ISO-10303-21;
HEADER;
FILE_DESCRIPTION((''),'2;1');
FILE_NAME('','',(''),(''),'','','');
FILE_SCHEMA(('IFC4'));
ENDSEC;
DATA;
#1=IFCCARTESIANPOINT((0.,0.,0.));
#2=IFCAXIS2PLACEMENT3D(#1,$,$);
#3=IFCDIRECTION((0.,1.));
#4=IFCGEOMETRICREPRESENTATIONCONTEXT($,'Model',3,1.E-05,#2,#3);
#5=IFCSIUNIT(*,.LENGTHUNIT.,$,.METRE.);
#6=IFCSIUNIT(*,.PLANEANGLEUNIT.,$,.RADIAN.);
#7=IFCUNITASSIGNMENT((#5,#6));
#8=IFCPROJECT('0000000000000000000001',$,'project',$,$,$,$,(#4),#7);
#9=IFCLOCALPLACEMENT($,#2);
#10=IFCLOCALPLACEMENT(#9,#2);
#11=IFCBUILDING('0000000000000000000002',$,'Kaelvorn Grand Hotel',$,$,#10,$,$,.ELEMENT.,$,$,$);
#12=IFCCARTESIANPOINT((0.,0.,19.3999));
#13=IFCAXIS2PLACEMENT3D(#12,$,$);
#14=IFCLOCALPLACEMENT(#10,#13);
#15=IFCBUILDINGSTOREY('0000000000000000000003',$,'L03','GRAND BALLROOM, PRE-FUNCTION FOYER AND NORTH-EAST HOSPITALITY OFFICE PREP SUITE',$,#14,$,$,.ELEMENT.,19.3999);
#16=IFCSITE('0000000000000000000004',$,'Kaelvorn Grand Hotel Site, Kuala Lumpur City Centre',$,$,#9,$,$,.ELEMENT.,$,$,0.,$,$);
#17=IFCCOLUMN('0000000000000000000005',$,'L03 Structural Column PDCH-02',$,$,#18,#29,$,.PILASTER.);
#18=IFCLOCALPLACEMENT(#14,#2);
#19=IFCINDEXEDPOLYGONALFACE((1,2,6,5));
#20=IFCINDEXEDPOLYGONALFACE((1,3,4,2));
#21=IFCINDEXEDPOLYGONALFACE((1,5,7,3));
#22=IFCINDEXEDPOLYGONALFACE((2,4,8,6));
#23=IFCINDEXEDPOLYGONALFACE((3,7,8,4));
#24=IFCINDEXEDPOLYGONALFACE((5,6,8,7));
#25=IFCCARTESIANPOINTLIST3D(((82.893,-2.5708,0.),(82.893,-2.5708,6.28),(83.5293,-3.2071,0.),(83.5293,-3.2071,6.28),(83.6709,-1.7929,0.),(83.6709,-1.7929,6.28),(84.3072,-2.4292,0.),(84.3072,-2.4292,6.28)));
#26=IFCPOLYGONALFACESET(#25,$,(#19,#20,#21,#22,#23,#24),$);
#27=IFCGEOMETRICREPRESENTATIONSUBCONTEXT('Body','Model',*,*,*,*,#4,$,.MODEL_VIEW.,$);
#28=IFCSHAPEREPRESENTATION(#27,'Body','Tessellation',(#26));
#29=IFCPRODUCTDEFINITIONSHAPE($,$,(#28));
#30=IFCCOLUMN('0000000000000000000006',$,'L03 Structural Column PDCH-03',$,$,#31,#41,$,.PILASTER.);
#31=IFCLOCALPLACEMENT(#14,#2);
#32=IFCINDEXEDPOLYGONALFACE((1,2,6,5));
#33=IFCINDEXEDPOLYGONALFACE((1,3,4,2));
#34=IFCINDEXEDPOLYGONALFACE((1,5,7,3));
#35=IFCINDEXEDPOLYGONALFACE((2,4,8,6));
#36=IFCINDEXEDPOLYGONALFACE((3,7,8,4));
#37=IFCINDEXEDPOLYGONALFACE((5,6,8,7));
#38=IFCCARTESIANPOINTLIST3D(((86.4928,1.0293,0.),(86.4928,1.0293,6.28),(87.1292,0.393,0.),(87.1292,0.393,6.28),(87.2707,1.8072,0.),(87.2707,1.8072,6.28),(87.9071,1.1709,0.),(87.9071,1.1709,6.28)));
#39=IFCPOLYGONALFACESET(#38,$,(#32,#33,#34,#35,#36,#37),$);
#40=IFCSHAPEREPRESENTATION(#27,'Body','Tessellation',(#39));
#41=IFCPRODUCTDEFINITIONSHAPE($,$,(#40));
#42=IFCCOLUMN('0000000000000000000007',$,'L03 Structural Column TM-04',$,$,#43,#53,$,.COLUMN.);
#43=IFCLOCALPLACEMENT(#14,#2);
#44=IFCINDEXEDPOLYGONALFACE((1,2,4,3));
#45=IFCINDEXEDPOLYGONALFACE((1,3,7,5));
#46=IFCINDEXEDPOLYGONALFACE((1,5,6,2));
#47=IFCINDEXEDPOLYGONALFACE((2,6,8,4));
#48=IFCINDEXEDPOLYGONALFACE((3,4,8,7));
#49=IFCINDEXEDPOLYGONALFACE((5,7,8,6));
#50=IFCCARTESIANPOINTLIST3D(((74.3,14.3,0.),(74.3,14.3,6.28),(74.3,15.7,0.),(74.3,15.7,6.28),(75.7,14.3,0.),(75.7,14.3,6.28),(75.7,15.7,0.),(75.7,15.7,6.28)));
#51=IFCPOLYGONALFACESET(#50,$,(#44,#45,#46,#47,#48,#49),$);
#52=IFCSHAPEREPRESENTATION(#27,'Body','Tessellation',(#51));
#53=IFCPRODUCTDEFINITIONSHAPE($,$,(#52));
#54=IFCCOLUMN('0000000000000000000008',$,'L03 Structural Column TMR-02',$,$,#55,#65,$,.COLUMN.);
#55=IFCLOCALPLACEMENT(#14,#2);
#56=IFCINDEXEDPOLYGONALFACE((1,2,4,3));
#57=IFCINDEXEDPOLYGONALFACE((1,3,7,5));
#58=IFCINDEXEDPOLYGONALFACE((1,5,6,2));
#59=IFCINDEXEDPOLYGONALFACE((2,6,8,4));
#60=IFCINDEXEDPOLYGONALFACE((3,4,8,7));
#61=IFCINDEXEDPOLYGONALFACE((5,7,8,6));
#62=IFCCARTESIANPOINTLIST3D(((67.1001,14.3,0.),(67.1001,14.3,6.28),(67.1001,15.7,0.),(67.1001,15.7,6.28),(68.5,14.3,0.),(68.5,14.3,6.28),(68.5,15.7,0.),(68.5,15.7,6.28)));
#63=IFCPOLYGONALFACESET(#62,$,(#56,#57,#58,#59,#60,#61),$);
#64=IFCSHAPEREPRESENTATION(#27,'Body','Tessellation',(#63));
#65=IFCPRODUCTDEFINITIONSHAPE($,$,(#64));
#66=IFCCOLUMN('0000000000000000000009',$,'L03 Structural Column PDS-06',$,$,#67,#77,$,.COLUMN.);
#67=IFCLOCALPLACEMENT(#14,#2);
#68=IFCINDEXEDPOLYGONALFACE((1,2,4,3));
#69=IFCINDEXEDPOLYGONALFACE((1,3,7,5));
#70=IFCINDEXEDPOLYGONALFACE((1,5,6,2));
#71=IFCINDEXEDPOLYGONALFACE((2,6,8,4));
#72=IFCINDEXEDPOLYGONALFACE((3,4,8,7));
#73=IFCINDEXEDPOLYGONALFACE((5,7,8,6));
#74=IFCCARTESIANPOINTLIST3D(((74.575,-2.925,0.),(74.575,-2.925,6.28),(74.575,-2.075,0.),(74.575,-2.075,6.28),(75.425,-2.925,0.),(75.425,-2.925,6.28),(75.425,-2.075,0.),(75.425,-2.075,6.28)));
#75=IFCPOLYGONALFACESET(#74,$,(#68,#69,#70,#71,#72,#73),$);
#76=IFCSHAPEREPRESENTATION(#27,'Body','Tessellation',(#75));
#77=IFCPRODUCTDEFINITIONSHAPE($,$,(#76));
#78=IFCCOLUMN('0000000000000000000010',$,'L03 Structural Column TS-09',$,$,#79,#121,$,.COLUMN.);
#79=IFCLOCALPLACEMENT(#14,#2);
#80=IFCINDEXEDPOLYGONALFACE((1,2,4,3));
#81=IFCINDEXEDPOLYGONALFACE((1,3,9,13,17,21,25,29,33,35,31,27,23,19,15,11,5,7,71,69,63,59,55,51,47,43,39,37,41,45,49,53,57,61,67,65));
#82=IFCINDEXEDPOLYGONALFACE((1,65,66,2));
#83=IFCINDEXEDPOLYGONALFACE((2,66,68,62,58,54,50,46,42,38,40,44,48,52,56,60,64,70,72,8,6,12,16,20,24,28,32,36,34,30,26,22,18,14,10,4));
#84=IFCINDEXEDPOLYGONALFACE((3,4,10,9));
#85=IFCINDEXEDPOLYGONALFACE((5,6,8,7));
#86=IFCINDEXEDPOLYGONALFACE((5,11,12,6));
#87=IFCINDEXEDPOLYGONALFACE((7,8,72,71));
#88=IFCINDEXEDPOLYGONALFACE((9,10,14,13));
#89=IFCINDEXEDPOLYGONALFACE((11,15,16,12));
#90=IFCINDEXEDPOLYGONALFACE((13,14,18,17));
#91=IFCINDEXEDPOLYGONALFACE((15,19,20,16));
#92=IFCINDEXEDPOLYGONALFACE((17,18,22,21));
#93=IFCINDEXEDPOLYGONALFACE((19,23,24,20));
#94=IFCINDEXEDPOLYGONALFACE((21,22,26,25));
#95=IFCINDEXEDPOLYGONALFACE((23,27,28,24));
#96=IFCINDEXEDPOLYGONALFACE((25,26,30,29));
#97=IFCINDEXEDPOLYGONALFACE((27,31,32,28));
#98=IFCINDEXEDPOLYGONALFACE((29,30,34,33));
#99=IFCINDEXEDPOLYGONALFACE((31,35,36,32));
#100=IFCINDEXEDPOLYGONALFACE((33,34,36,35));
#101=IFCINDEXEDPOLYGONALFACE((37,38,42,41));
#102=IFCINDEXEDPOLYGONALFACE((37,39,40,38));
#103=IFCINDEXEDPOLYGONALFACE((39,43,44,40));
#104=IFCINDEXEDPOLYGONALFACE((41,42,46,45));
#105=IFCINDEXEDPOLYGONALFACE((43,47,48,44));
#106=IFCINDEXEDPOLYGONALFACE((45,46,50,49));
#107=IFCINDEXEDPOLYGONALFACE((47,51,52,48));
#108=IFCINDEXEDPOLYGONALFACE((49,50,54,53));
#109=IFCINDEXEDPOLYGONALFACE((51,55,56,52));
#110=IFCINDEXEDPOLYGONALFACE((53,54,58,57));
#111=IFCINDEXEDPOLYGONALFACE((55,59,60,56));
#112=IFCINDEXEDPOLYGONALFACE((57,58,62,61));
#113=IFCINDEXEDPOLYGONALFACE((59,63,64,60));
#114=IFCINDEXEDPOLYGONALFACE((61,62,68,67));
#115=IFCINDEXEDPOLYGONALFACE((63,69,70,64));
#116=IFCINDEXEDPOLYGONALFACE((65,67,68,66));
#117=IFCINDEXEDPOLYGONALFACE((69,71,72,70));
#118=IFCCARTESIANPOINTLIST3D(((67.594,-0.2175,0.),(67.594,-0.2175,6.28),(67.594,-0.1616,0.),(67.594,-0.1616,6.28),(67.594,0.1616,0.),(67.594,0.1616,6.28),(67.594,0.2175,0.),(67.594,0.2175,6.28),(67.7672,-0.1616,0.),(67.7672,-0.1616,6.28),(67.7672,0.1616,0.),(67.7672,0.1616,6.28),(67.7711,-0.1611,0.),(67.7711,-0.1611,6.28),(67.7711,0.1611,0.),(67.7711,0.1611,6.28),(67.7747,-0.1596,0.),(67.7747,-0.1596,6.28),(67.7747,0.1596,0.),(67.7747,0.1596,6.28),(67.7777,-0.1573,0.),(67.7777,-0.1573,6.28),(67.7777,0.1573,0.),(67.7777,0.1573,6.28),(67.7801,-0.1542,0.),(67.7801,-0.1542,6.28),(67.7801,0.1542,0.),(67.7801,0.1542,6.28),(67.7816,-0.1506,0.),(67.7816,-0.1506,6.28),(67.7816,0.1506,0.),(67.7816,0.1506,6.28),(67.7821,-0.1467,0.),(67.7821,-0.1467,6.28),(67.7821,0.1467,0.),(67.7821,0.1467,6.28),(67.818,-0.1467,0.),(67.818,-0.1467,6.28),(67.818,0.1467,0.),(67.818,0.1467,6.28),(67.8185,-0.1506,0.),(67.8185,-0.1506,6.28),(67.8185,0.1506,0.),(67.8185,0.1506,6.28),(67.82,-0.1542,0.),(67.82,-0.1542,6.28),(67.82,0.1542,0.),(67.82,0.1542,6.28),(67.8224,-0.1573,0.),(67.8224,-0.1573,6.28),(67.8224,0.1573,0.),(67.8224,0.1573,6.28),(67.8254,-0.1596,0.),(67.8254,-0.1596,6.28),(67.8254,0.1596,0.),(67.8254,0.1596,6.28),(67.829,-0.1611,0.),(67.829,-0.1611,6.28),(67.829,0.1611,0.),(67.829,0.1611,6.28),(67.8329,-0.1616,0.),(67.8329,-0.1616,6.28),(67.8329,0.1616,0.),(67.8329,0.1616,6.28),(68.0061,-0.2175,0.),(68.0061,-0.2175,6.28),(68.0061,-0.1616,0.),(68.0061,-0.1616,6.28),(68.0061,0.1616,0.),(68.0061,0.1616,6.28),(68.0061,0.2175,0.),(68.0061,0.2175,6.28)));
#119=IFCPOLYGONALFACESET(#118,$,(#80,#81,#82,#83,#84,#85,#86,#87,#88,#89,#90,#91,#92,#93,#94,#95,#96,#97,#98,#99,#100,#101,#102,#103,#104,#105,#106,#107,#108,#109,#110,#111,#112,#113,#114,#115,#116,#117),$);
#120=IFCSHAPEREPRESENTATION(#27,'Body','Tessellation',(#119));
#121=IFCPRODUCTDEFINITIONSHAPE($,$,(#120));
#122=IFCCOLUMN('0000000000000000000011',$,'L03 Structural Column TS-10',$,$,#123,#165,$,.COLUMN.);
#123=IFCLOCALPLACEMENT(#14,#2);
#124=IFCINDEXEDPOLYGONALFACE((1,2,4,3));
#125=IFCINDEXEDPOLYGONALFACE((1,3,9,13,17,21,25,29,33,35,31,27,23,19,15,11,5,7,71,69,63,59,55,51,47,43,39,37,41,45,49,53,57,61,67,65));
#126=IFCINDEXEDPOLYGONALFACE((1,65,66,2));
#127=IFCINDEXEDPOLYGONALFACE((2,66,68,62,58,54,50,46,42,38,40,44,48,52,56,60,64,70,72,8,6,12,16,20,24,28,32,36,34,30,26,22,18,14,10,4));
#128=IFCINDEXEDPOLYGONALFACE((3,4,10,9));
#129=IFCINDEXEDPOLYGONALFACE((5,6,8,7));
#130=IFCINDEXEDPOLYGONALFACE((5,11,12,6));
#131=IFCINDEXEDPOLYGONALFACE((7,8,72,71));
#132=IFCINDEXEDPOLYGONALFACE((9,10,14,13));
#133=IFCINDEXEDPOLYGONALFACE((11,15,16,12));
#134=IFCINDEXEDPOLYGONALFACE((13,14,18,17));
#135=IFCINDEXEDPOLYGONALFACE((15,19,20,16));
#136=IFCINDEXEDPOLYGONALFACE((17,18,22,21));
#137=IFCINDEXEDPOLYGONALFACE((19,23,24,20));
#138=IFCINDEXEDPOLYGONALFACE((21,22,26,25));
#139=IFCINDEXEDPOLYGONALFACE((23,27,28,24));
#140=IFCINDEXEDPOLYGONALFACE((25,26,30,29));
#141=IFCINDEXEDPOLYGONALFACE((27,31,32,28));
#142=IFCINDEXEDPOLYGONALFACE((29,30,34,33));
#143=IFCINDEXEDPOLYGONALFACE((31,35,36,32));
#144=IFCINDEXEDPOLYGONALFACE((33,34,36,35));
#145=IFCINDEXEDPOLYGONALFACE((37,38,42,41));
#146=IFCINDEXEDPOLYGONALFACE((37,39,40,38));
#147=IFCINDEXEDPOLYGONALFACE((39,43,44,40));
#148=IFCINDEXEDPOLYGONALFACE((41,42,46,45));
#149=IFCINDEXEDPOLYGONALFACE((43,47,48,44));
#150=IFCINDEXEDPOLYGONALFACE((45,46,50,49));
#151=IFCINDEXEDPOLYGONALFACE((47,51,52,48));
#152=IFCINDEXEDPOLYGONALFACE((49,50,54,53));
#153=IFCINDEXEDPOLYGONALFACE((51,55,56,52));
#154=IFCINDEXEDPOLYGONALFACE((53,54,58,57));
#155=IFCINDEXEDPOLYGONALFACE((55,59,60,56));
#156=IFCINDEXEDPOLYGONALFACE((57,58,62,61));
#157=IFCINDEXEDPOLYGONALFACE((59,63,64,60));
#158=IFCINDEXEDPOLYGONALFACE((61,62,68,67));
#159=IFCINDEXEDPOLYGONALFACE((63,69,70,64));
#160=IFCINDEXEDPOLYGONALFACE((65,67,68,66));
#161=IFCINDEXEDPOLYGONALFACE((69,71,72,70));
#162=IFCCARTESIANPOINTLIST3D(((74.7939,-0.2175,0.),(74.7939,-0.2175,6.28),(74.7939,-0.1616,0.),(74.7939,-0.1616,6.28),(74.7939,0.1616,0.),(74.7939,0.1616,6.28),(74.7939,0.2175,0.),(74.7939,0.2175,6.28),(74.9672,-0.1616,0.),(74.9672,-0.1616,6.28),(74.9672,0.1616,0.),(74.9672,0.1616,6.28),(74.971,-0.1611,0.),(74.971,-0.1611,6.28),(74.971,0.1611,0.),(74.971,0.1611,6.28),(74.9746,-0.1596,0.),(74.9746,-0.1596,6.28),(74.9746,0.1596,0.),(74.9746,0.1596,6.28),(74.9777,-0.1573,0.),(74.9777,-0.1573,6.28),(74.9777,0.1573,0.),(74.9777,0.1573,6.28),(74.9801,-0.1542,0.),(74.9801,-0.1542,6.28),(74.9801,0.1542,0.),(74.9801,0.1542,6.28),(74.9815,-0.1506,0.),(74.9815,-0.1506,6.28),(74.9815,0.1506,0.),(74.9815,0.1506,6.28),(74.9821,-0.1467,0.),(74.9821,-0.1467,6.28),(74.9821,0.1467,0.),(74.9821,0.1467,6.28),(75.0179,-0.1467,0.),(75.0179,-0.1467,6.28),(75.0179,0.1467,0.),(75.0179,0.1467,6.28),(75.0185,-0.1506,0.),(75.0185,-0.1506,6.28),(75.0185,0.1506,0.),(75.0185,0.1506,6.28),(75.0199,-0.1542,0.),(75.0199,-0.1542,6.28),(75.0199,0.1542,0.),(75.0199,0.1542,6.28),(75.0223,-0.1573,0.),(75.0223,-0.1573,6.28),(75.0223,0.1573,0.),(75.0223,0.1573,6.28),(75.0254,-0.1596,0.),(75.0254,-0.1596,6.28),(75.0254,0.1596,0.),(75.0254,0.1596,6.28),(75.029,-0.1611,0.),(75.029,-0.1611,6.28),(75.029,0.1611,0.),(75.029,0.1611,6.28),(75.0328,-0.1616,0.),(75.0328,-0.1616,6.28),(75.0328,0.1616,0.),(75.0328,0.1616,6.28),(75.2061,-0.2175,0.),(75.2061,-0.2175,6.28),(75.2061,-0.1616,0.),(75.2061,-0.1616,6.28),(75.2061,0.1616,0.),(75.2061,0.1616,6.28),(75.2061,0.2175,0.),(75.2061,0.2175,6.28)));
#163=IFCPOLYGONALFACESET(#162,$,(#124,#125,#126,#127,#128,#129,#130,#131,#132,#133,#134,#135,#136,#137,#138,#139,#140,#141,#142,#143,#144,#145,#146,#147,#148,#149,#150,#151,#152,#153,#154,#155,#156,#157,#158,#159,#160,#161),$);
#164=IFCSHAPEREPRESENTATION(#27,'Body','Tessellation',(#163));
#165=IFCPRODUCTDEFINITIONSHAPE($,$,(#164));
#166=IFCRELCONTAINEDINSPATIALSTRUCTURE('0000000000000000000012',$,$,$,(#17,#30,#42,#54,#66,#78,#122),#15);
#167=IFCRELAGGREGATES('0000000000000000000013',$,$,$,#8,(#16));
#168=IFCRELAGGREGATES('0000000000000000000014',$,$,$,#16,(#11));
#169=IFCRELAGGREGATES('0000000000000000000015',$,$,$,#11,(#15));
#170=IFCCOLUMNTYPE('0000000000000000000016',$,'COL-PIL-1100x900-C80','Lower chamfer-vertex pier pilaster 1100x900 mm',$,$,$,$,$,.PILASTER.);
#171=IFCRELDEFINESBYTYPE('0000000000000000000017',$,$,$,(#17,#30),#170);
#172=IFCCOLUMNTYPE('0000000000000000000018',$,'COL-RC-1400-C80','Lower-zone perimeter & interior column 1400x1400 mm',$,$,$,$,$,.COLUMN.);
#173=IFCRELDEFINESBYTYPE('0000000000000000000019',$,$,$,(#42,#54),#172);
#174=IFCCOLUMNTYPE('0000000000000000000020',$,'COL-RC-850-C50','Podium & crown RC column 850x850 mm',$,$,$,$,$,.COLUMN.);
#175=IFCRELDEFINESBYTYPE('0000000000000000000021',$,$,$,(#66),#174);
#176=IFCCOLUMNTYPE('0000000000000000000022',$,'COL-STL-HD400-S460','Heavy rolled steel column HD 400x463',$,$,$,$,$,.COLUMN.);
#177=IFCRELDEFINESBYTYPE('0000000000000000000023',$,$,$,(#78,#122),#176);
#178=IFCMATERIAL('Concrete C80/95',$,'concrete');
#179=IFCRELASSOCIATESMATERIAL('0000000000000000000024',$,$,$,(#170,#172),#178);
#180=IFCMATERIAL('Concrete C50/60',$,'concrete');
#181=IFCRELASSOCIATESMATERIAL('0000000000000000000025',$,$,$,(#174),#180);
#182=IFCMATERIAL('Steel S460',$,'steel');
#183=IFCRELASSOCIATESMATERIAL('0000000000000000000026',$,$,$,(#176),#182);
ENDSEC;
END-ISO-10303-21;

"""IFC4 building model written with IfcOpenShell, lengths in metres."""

from ifc_helpers import new_model, si_unit, direction, frame, origin, origin_2d, place, context, subcontext, project, spatial, rectangle, i_section, extrude, material, material_profile, profile_set, type_object, element, save


model = new_model("IFC4")

# Units and contexts
model_context = context("Model", 3, precision=1e-05, world=origin(), true_north=direction((0.0, 1.0)))
body_context = subcontext(model_context, "Body", "Model", "MODEL_VIEW")
ifc_project = project(units=[si_unit("LENGTHUNIT", "METRE"), si_unit("PLANEANGLEUNIT", "RADIAN")], contexts=[model_context])

# Site, building, storey
site_placement = place(None, origin())
site = spatial("IfcSite", under=ifc_project, at=site_placement, Name="Kaelvorn Grand Hotel Site, Kuala Lumpur City Centre", CompositionType="ELEMENT", RefElevation=0.0)
building_placement = place(site_placement, origin())
building = spatial("IfcBuilding", under=site, at=building_placement, Name="Kaelvorn Grand Hotel", CompositionType="ELEMENT")
storey_placement = place(building_placement, frame((0.0, 0.0, 19.3999)))
storey = spatial("IfcBuildingStorey", under=building, at=storey_placement, Name="L03", Description="GRAND BALLROOM, PRE-FUNCTION FOYER AND NORTH-EAST HOSPITALITY OFFICE PREP SUITE", CompositionType="ELEMENT", Elevation=19.3999)

# Columns
ifc_material_1 = material(Name="Concrete C80/95", Category="concrete")
ifc_material_profile_1 = material_profile(ifc_material_1, rectangle(XDim=1.1001, YDim=0.8999, at=origin_2d()), Name="RC PILASTER 1100x900")
ifc_profile_set_1 = profile_set([ifc_material_profile_1], Name="Concrete C80/95")
column_type_1 = type_object("IfcColumnType", Name="COL-PIL-1100x900-C80", Description="Lower chamfer-vertex pier pilaster 1100x900 mm", PredefinedType="PILASTER", material=ifc_profile_set_1)
for number, where, z_axis, x_axis, name in (
    (1, (83.6001, -2.5, 0.0), (0.0, 0.0, 1.0), (0.707107, 0.707107, 0.0), "L03 Structural Column PDCH-02"),
    (2, (87.2, 1.1001, 0.0), (0.0, 0.0, 1.0), (0.707107, 0.707107, 0.0), "L03 Structural Column PDCH-03"),
):
    element("IfcColumn", number, at=place(storey_placement, frame(where, z_axis=z_axis, x_axis=x_axis)), inside=storey, type_object=column_type_1, Name=name, PredefinedType="PILASTER", context=body_context, shape_type="SweptSolid", body=[
        extrude(rectangle(XDim=1.1001, YDim=0.8999, at=origin_2d()), origin(), (0.0, 0.0, 1.0), 6.28),
    ])
ifc_material_profile_2 = material_profile(ifc_material_1, rectangle(XDim=1.3999, YDim=1.3999, at=origin_2d()), Name="RC COL 1400x1400")
ifc_profile_set_2 = profile_set([ifc_material_profile_2], Name="Concrete C80/95")
column_type_2 = type_object("IfcColumnType", Name="COL-RC-1400-C80", Description="Lower-zone perimeter & interior column 1400x1400 mm", PredefinedType="COLUMN", material=ifc_profile_set_2)
for number, where, z_axis, x_axis, name in (
    (3, (75.0, 15.0, 0.0), (0.0, 0.0, 1.0), (1.0, 0.0, 0.0), "L03 Structural Column TM-04"),
    (4, (67.8, 15.0, 0.0), (0.0, 0.0, 1.0), (1.0, 0.0, 0.0), "L03 Structural Column TMR-02"),
):
    element("IfcColumn", number, at=place(storey_placement, frame(where, z_axis=z_axis, x_axis=x_axis)), inside=storey, type_object=column_type_2, Name=name, PredefinedType="COLUMN", context=body_context, shape_type="SweptSolid", body=[
        extrude(rectangle(XDim=1.3999, YDim=1.3999, at=origin_2d()), origin(), (0.0, 0.0, 1.0), 6.28),
    ])
ifc_material_2 = material(Name="Concrete C50/60", Category="concrete")
ifc_material_profile_3 = material_profile(ifc_material_2, rectangle(XDim=0.8501, YDim=0.8501, at=origin_2d()), Name="RC COL 850x850")
ifc_profile_set_3 = profile_set([ifc_material_profile_3], Name="Concrete C50/60")
column_type_3 = type_object("IfcColumnType", Name="COL-RC-850-C50", Description="Podium & crown RC column 850x850 mm", PredefinedType="COLUMN", material=ifc_profile_set_3)
column_placement = place(storey_placement, frame((75.0, -2.5, 0.0), z_axis=(0.0, 0.0, 1.0), x_axis=(1.0, 0.0, 0.0)))
element("IfcColumn", 5, at=column_placement, inside=storey, type_object=column_type_3, Name="L03 Structural Column PDS-06", PredefinedType="COLUMN", context=body_context, shape_type="SweptSolid", body=[
    extrude(rectangle(XDim=0.8501, YDim=0.8501, at=origin_2d()), origin(), (0.0, 0.0, 1.0), 6.28),
])
ifc_material_3 = material(Name="Steel S460", Category="steel")
ifc_material_profile_4 = material_profile(ifc_material_3, i_section(OverallWidth=0.4121, OverallDepth=0.4351, WebThickness=0.0359, FlangeThickness=0.0559, FilletRadius=0.0149, at=origin_2d()), Name="HD 400x463")
ifc_profile_set_4 = profile_set([ifc_material_profile_4], Name="Steel S460")
column_type_4 = type_object("IfcColumnType", Name="COL-STL-HD400-S460", Description="Heavy rolled steel column HD 400x463", PredefinedType="COLUMN", material=ifc_profile_set_4)
for number, where, z_axis, x_axis, name in (
    (6, (67.8, 0.0, 0.0), (0.0, 0.0, 1.0), (1.0, 0.0, 0.0), "L03 Structural Column TS-09"),
    (7, (75.0, 0.0, 0.0), (0.0, 0.0, 1.0), (1.0, 0.0, 0.0), "L03 Structural Column TS-10"),
):
    element("IfcColumn", number, at=place(storey_placement, frame(where, z_axis=z_axis, x_axis=x_axis)), inside=storey, type_object=column_type_4, Name=name, PredefinedType="COLUMN", context=body_context, shape_type="SweptSolid", body=[
        extrude(i_section(OverallWidth=0.4121, OverallDepth=0.4351, WebThickness=0.0359, FlangeThickness=0.0559, FilletRadius=0.0149, at=origin_2d()), origin(), (0.0, 0.0, 1.0), 6.28),
    ])

save(model, "model.ifc")
